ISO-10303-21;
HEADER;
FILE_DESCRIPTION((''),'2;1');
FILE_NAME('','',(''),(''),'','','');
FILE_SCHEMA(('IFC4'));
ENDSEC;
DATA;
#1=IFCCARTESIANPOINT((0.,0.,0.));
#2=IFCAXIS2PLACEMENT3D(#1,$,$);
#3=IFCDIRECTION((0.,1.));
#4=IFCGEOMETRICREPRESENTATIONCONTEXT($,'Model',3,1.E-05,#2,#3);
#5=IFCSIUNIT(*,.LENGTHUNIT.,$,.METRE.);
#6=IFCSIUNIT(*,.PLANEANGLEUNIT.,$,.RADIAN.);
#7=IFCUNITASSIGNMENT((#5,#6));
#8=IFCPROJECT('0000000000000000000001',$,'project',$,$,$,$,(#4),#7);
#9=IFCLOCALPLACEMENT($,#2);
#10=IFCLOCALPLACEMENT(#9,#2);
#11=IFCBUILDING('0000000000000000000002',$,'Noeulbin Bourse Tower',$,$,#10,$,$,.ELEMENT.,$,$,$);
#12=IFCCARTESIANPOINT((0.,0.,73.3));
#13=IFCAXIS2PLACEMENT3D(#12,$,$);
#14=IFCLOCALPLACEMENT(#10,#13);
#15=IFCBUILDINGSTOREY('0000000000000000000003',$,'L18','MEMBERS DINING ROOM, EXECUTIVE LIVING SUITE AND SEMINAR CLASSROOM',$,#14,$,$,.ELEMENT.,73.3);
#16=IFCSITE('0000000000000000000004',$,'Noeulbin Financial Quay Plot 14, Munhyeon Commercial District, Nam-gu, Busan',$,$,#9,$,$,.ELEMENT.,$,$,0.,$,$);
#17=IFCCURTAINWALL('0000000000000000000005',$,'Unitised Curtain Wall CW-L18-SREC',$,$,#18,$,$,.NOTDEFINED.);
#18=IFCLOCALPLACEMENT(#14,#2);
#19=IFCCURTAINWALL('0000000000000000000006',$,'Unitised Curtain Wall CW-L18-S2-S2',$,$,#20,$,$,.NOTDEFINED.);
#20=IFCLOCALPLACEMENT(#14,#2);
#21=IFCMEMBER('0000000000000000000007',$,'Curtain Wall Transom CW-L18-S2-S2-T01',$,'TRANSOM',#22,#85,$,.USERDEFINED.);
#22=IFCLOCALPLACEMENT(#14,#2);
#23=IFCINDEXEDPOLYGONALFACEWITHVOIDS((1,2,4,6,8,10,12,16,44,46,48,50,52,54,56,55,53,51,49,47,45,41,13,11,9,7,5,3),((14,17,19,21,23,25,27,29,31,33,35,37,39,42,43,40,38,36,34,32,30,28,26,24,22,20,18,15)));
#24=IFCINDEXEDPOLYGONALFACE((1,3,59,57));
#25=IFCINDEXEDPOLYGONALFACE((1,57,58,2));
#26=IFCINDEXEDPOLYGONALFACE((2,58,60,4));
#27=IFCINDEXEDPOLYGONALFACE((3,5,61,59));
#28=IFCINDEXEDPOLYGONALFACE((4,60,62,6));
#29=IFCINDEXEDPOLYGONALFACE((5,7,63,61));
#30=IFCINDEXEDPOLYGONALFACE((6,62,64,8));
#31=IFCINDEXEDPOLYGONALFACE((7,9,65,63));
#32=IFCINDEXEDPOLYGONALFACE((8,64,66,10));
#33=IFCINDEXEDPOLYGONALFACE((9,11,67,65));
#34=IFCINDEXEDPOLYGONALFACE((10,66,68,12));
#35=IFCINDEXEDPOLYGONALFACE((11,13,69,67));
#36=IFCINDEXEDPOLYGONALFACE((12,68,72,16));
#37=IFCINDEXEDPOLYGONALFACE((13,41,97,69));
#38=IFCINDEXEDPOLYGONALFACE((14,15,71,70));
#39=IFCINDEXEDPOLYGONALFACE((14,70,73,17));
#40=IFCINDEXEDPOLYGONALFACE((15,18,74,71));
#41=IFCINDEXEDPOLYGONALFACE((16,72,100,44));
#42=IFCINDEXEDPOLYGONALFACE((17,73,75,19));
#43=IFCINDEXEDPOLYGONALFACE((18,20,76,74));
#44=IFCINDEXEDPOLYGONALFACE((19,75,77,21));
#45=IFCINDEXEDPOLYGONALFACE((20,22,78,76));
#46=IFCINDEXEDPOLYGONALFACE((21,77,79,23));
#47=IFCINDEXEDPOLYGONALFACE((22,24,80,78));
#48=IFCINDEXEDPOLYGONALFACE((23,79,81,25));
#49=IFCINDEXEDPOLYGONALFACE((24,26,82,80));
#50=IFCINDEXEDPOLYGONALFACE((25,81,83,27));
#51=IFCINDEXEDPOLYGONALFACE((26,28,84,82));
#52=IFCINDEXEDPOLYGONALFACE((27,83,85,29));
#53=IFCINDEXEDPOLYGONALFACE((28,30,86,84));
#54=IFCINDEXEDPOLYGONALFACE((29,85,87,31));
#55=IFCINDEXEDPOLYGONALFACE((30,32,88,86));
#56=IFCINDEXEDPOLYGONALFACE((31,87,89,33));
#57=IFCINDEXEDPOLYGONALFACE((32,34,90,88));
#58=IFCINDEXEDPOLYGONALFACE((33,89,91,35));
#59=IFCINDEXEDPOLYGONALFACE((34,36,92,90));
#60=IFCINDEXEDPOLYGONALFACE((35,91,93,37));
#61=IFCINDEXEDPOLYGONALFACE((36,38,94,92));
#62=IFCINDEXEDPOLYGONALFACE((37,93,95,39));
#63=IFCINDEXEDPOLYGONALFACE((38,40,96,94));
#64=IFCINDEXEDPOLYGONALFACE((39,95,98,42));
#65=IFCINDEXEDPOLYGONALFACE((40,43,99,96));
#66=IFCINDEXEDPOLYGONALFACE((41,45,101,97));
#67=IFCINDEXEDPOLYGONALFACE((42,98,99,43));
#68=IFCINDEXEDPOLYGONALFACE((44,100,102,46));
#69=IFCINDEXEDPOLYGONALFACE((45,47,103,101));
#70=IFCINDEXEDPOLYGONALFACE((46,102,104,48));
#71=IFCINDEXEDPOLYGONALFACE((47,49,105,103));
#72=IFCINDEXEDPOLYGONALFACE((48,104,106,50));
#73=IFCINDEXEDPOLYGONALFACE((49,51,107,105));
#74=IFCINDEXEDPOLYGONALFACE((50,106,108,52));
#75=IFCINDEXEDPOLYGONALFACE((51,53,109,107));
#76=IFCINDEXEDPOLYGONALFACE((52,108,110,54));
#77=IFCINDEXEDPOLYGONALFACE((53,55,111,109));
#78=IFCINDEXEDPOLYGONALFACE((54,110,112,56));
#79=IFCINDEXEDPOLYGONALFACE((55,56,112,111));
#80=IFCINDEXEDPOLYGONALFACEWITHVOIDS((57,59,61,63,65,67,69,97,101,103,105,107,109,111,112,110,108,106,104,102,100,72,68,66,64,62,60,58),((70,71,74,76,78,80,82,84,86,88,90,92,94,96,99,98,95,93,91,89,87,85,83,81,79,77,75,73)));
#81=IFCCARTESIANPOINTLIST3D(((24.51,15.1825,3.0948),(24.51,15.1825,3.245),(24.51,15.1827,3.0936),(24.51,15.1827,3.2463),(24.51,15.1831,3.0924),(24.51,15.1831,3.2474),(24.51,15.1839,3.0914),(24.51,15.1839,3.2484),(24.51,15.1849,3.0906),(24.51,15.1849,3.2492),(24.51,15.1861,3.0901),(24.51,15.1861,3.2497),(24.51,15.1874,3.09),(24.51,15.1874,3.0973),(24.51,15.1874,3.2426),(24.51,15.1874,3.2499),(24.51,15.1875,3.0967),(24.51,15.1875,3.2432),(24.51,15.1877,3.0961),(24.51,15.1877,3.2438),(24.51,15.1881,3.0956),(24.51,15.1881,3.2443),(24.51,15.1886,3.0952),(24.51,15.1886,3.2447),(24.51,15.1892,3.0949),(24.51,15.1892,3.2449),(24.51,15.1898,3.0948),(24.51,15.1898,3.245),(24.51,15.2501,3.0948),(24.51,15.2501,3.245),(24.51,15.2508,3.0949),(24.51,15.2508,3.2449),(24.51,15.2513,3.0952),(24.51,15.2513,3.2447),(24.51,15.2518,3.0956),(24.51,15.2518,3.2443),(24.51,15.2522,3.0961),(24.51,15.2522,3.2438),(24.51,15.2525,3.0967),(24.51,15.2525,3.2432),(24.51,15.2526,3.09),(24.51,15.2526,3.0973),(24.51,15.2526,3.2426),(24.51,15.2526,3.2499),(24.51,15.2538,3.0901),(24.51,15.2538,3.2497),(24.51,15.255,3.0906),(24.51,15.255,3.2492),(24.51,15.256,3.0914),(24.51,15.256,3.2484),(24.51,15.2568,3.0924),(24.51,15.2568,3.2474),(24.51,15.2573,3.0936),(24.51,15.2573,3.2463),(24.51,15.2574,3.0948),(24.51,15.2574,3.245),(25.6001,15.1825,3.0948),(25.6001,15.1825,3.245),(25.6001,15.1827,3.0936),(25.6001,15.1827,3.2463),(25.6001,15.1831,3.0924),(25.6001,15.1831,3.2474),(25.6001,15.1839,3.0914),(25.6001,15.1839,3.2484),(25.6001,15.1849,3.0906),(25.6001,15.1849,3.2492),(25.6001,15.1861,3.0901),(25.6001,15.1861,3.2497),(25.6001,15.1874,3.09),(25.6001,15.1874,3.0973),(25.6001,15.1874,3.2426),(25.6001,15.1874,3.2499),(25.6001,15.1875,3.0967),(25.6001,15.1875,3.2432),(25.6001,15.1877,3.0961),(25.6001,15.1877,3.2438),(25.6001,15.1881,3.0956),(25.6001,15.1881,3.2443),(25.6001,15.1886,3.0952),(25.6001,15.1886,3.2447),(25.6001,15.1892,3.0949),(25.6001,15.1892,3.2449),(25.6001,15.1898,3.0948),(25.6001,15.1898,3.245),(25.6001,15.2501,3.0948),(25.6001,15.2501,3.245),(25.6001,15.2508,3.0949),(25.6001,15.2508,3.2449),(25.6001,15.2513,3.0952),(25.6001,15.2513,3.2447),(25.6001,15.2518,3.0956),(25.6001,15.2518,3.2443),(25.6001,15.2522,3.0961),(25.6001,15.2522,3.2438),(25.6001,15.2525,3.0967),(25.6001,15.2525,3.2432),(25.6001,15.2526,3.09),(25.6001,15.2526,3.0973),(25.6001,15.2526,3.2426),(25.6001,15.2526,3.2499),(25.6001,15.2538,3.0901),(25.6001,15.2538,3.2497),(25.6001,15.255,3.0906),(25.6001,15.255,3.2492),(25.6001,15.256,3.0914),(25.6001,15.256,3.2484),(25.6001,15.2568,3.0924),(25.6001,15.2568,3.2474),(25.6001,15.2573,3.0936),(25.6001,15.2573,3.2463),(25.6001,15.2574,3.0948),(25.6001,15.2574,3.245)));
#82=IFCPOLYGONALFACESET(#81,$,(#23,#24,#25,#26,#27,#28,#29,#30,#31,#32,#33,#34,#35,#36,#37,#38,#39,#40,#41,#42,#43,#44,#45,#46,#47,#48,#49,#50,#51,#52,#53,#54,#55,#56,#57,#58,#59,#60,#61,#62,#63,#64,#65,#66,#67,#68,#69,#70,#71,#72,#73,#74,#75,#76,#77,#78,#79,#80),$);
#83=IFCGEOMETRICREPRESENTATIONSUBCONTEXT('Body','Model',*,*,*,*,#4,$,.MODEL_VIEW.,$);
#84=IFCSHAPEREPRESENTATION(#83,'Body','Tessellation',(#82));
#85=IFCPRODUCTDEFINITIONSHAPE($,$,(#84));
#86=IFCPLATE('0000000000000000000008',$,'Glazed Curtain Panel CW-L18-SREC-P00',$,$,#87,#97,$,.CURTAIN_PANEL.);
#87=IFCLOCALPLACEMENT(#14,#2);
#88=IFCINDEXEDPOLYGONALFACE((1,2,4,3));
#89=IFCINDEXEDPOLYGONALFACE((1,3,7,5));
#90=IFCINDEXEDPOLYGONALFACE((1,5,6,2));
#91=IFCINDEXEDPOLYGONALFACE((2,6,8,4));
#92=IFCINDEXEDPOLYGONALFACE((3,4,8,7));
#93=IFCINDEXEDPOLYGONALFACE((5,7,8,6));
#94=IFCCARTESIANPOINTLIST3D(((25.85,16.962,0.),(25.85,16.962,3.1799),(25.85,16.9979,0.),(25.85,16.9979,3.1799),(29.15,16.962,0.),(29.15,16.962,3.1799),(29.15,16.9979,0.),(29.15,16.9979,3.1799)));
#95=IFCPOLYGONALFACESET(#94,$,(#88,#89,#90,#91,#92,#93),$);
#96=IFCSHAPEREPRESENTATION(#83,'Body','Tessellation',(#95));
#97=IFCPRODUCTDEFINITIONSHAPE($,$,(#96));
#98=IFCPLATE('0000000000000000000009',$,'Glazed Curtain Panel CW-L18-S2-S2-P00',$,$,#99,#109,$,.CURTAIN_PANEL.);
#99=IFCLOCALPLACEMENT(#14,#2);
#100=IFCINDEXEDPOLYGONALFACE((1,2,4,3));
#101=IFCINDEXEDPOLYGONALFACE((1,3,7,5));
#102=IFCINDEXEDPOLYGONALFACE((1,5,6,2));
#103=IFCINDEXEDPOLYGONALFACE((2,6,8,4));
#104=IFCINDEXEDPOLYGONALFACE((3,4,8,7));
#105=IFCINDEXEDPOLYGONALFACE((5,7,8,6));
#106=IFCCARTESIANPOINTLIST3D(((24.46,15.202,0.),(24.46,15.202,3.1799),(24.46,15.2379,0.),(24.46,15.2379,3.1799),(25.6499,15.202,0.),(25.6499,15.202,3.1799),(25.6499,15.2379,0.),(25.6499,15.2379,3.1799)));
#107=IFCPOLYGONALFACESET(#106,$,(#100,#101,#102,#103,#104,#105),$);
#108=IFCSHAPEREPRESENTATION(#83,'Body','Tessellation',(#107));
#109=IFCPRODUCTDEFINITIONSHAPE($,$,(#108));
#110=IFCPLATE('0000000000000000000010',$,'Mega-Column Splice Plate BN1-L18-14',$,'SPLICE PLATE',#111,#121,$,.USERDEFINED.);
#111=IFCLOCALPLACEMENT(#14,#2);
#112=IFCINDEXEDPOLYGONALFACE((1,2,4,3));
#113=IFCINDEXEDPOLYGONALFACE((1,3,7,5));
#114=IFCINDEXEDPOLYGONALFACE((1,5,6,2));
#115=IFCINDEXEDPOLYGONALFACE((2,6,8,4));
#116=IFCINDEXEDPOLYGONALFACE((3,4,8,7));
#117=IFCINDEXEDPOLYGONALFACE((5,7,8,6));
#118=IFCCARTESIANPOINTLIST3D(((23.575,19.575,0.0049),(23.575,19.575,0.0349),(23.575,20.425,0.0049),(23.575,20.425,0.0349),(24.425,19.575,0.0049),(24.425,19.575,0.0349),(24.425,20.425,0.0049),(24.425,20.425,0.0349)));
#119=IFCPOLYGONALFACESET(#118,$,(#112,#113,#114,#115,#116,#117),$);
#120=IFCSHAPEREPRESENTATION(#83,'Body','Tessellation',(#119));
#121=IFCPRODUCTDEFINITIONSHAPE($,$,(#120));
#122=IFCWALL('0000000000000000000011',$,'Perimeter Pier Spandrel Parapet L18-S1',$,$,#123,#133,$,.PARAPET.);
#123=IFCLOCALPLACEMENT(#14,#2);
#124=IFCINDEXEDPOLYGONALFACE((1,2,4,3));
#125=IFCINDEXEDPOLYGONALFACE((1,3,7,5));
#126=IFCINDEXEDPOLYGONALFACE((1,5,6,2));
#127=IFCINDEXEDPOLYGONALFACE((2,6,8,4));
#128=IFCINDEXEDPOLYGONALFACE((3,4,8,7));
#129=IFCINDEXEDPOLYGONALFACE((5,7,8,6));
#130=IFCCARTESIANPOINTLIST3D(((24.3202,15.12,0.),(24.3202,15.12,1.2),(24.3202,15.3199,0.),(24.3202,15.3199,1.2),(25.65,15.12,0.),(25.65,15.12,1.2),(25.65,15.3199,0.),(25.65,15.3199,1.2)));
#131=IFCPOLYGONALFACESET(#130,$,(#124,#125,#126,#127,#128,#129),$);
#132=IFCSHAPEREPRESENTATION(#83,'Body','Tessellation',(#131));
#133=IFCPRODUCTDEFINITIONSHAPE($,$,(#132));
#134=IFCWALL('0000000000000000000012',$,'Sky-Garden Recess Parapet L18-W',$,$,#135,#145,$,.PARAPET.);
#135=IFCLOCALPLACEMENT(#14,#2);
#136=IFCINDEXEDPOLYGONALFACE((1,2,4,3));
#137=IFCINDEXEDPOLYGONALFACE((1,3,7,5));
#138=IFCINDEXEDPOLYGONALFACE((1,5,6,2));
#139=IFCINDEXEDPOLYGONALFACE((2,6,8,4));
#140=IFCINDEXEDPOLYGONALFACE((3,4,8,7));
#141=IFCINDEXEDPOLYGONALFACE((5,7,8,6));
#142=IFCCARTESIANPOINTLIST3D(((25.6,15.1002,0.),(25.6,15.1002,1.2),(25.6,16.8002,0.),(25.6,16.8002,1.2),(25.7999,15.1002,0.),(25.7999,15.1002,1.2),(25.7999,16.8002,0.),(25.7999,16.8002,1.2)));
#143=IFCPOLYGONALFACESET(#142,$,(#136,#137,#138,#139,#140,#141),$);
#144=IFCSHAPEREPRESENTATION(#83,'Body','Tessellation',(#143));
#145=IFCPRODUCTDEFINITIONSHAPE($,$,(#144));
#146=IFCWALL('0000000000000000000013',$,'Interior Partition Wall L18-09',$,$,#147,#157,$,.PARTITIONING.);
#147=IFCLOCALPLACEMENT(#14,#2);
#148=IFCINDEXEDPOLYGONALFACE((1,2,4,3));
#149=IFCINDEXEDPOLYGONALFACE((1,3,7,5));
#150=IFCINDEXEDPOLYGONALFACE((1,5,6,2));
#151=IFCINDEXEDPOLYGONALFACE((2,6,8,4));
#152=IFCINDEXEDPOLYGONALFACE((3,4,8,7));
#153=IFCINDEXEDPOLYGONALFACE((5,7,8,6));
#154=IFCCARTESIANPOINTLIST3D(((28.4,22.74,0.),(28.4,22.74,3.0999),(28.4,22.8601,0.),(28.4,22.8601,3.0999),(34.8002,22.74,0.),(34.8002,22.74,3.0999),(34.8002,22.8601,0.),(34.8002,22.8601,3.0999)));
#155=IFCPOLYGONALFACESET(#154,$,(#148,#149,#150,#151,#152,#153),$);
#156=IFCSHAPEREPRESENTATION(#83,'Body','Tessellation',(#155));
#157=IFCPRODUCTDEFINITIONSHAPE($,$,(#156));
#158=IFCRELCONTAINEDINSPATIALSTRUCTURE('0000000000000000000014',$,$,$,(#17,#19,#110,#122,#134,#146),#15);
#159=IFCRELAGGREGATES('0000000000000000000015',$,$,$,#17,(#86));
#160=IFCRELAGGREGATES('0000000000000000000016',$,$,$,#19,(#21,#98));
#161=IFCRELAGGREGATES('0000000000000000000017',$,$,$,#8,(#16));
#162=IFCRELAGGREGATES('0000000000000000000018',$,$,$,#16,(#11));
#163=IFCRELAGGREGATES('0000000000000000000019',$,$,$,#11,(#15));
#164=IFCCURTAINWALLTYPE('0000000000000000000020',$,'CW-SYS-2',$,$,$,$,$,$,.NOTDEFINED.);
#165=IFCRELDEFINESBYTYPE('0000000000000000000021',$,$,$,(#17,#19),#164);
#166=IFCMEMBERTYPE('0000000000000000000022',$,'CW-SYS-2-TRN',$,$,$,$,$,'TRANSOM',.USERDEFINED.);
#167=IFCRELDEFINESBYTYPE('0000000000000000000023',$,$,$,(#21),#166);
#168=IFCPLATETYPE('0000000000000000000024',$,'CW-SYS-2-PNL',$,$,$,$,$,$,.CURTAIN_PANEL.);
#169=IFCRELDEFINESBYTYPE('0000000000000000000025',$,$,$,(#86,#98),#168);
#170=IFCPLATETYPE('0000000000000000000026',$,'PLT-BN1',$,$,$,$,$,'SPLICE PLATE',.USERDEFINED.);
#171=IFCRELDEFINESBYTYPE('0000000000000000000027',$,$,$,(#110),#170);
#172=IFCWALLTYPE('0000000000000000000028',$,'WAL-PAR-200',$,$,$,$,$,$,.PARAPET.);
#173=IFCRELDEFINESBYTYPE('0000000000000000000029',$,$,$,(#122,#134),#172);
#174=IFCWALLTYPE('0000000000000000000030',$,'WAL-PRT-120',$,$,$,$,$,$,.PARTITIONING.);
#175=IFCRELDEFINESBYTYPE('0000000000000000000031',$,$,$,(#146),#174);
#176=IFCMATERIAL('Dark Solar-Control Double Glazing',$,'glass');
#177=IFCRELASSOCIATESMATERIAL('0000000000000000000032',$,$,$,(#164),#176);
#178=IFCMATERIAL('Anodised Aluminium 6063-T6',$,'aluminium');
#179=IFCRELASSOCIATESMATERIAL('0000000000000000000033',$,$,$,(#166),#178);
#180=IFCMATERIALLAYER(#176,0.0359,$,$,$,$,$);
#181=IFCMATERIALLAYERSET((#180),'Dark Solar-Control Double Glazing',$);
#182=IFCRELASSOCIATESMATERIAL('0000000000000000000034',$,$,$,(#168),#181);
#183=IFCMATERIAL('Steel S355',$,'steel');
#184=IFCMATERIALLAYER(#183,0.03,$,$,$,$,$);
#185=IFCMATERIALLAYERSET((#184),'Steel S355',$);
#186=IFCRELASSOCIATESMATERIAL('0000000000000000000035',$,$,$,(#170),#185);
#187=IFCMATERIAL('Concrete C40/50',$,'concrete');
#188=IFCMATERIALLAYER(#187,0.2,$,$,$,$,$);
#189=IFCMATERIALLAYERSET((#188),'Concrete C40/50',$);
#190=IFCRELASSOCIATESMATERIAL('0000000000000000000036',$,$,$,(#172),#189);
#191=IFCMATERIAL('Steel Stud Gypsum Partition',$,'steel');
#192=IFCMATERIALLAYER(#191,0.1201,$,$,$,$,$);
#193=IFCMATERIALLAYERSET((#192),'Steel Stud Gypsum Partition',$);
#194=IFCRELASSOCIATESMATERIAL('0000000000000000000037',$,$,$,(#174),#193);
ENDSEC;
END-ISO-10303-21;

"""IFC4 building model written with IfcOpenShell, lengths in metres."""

from ifc_helpers import new_model, si_unit, direction, frame, frame_2d, origin, origin_2d, place, context, subcontext, project, spatial, rectangle, hollow_rectangle, extrude, material, layer, layer_set, material_profile, profile_set, type_object, element, aggregate, save


model = new_model("IFC4")

# Units and contexts
model_context = context("Model", 3, precision=1e-05, world=origin(), true_north=direction((0.0, 1.0)))
body_context = subcontext(model_context, "Body", "Model", "MODEL_VIEW")
ifc_project = project(units=[si_unit("LENGTHUNIT", "METRE"), si_unit("PLANEANGLEUNIT", "RADIAN")], contexts=[model_context])

# Site, building, storey
site_placement = place(None, origin())
site = spatial("IfcSite", under=ifc_project, at=site_placement, Name="Noeulbin Financial Quay Plot 14, Munhyeon Commercial District, Nam-gu, Busan", CompositionType="ELEMENT", RefElevation=0.0)
building_placement = place(site_placement, origin())
building = spatial("IfcBuilding", under=site, at=building_placement, Name="Noeulbin Bourse Tower", CompositionType="ELEMENT")
storey_placement = place(building_placement, frame((0.0, 0.0, 73.3)))
storey = spatial("IfcBuildingStorey", under=building, at=storey_placement, Name="L18", Description="MEMBERS DINING ROOM, EXECUTIVE LIVING SUITE AND SEMINAR CLASSROOM", CompositionType="ELEMENT", Elevation=73.3)

# Shared definitions
ifc_material_1 = material(Name="Steel S355", Category="steel")

# Curtain wall
ifc_material_2 = material(Name="Dark Solar-Control Double Glazing", Category="glass")
curtain_wall_type = type_object("IfcCurtainWallType", Name="CW-SYS-2", PredefinedType="NOTDEFINED", material=ifc_material_2)
curtain_wall_1_placement = place(storey_placement, origin())
curtain_wall_1 = element("IfcCurtainWall", 1, at=curtain_wall_1_placement, inside=storey, type_object=curtain_wall_type, Name="Unitised Curtain Wall CW-L18-SREC", PredefinedType="NOTDEFINED")
ifc_material_3 = material(Name="Anodised Aluminium 6063-T6", Category="aluminium")

# Curtain wall
curtain_wall_2_placement = place(storey_placement, origin())
curtain_wall_2 = element("IfcCurtainWall", 2, at=curtain_wall_2_placement, inside=storey, type_object=curtain_wall_type, Name="Unitised Curtain Wall CW-L18-S2-S2", PredefinedType="NOTDEFINED")

# Member
ifc_material_profile_1 = material_profile(ifc_material_3, hollow_rectangle(XDim=0.075, YDim=0.1599, WallThickness=0.0049, InnerFilletRadius=0.0024, OuterFilletRadius=0.0049, at=origin_2d()), Name="ALU-TRAN-75x160x5", Category="LoadBearing")
ifc_profile_set_1 = profile_set([ifc_material_profile_1], Name="Anodised Aluminium 6063-T6")
member_type_1 = type_object("IfcMemberType", Name="CW-SYS-2-TRN", ElementType="TRANSOM", PredefinedType="USERDEFINED", material=ifc_profile_set_1)
member_1_placement = place(storey_placement, frame((24.51, 15.22, 3.1699), z_axis=(1.0, 0.0, 0.0), x_axis=(0.0, 1.0, 0.0)))
member_1 = element("IfcMember", 3, at=member_1_placement, type_object=member_type_1, Name="Curtain Wall Transom CW-L18-S2-S2-T01", ObjectType="TRANSOM", PredefinedType="USERDEFINED", context=body_context, shape_type="SweptSolid", body=[
    extrude(hollow_rectangle(XDim=0.075, YDim=0.1599, WallThickness=0.0049, InnerFilletRadius=0.0024, OuterFilletRadius=0.0049, at=origin_2d()), origin(), (0.0, 0.0, 1.0), 1.0901),
])

# Plates
ifc_layer_1 = layer(ifc_material_2, 0.0359)
ifc_layer_set_1 = layer_set([ifc_layer_1], Name="Dark Solar-Control Double Glazing")
plate_type_1 = type_object("IfcPlateType", Name="CW-SYS-2-PNL", PredefinedType="CURTAIN_PANEL", material=ifc_layer_set_1)
plate_1_placement = place(storey_placement, frame((27.5, 16.98, 0.0), z_axis=(0.0, 0.0, 1.0), x_axis=(1.0, 0.0, 0.0)))
plate_1 = element("IfcPlate", 4, at=plate_1_placement, type_object=plate_type_1, Name="Glazed Curtain Panel CW-L18-SREC-P00", PredefinedType="CURTAIN_PANEL", context=body_context, shape_type="SweptSolid", body=[
    extrude(rectangle(XDim=3.3, YDim=0.0359, at=origin_2d()), origin(), (0.0, 0.0, 1.0), 3.1799),
])
aggregate(curtain_wall_1, [plate_1])
plate_2_placement = place(storey_placement, frame((25.0549, 15.22, 0.0), z_axis=(0.0, 0.0, 1.0), x_axis=(1.0, 0.0, 0.0)))
plate_2 = element("IfcPlate", 5, at=plate_2_placement, type_object=plate_type_1, Name="Glazed Curtain Panel CW-L18-S2-S2-P00", PredefinedType="CURTAIN_PANEL", context=body_context, shape_type="SweptSolid", body=[
    extrude(rectangle(XDim=1.1899, YDim=0.0359, at=origin_2d()), origin(), (0.0, 0.0, 1.0), 3.1799),
])
aggregate(curtain_wall_2, [member_1, plate_2])
ifc_layer_2 = layer(ifc_material_1, 0.03)
ifc_layer_set_2 = layer_set([ifc_layer_2], Name="Steel S355")
plate_type_2 = type_object("IfcPlateType", Name="PLT-BN1", ElementType="SPLICE PLATE", PredefinedType="USERDEFINED", material=ifc_layer_set_2)
plate_3_placement = place(storey_placement, frame((24.0, 20.0, 0.0049), z_axis=(0.0, 0.0, 1.0), x_axis=(1.0, 0.0, 0.0)))
element("IfcPlate", 6, at=plate_3_placement, inside=storey, type_object=plate_type_2, Name="Mega-Column Splice Plate BN1-L18-14", ObjectType="SPLICE PLATE", PredefinedType="USERDEFINED", context=body_context, shape_type="SweptSolid", body=[
    extrude(rectangle(XDim=0.8501, YDim=0.8501, at=origin_2d()), origin(), (0.0, 0.0, 1.0), 0.03),
])

# Walls
ifc_material_4 = material(Name="Concrete C40/50", Category="concrete")
ifc_layer_3 = layer(ifc_material_4, 0.2)
ifc_layer_set_3 = layer_set([ifc_layer_3], Name="Concrete C40/50")
wall_type_1 = type_object("IfcWallType", Name="WAL-PAR-200", PredefinedType="PARAPET", material=ifc_layer_set_3)
wall_1_placement = place(storey_placement, frame((24.3201, 15.22, 0.0), z_axis=(0.0, 0.0, 1.0), x_axis=(1.0, 0.0, 0.0)))
element("IfcWall", 7, at=wall_1_placement, inside=storey, type_object=wall_type_1, Name="Perimeter Pier Spandrel Parapet L18-S1", PredefinedType="PARAPET", context=body_context, shape_type="SweptSolid", body=[
    extrude(rectangle(XDim=1.3298, YDim=0.2, at=frame_2d((0.665, 0.0))), origin(), (0.0, 0.0, 1.0), 1.2),
])
wall_2_placement = place(storey_placement, frame((25.7, 15.1001, 0.0), z_axis=(0.0, 0.0, 1.0), x_axis=(0.0, 1.0, 0.0)))
element("IfcWall", 8, at=wall_2_placement, inside=storey, type_object=wall_type_1, Name="Sky-Garden Recess Parapet L18-W", PredefinedType="PARAPET", context=body_context, shape_type="SweptSolid", body=[
    extrude(rectangle(XDim=1.7, YDim=0.2, at=frame_2d((0.8501, 0.0))), origin(), (0.0, 0.0, 1.0), 1.2),
])
ifc_material_5 = material(Name="Steel Stud Gypsum Partition", Category="steel")
ifc_layer_4 = layer(ifc_material_5, 0.1201)
ifc_layer_set_4 = layer_set([ifc_layer_4], Name="Steel Stud Gypsum Partition")
wall_type_2 = type_object("IfcWallType", Name="WAL-PRT-120", PredefinedType="PARTITIONING", material=ifc_layer_set_4)
wall_3_placement = place(storey_placement, frame((28.3999, 22.8, 0.0), z_axis=(0.0, 0.0, 1.0), x_axis=(1.0, 0.0, 0.0)))
element("IfcWall", 9, at=wall_3_placement, inside=storey, type_object=wall_type_2, Name="Interior Partition Wall L18-09", PredefinedType="PARTITIONING", context=body_context, shape_type="SweptSolid", body=[
    extrude(rectangle(XDim=6.4001, YDim=0.1201, at=frame_2d((3.2002, 0.0))), origin(), (0.0, 0.0, 1.0), 3.0999),
])

save(model, "model.ifc")
